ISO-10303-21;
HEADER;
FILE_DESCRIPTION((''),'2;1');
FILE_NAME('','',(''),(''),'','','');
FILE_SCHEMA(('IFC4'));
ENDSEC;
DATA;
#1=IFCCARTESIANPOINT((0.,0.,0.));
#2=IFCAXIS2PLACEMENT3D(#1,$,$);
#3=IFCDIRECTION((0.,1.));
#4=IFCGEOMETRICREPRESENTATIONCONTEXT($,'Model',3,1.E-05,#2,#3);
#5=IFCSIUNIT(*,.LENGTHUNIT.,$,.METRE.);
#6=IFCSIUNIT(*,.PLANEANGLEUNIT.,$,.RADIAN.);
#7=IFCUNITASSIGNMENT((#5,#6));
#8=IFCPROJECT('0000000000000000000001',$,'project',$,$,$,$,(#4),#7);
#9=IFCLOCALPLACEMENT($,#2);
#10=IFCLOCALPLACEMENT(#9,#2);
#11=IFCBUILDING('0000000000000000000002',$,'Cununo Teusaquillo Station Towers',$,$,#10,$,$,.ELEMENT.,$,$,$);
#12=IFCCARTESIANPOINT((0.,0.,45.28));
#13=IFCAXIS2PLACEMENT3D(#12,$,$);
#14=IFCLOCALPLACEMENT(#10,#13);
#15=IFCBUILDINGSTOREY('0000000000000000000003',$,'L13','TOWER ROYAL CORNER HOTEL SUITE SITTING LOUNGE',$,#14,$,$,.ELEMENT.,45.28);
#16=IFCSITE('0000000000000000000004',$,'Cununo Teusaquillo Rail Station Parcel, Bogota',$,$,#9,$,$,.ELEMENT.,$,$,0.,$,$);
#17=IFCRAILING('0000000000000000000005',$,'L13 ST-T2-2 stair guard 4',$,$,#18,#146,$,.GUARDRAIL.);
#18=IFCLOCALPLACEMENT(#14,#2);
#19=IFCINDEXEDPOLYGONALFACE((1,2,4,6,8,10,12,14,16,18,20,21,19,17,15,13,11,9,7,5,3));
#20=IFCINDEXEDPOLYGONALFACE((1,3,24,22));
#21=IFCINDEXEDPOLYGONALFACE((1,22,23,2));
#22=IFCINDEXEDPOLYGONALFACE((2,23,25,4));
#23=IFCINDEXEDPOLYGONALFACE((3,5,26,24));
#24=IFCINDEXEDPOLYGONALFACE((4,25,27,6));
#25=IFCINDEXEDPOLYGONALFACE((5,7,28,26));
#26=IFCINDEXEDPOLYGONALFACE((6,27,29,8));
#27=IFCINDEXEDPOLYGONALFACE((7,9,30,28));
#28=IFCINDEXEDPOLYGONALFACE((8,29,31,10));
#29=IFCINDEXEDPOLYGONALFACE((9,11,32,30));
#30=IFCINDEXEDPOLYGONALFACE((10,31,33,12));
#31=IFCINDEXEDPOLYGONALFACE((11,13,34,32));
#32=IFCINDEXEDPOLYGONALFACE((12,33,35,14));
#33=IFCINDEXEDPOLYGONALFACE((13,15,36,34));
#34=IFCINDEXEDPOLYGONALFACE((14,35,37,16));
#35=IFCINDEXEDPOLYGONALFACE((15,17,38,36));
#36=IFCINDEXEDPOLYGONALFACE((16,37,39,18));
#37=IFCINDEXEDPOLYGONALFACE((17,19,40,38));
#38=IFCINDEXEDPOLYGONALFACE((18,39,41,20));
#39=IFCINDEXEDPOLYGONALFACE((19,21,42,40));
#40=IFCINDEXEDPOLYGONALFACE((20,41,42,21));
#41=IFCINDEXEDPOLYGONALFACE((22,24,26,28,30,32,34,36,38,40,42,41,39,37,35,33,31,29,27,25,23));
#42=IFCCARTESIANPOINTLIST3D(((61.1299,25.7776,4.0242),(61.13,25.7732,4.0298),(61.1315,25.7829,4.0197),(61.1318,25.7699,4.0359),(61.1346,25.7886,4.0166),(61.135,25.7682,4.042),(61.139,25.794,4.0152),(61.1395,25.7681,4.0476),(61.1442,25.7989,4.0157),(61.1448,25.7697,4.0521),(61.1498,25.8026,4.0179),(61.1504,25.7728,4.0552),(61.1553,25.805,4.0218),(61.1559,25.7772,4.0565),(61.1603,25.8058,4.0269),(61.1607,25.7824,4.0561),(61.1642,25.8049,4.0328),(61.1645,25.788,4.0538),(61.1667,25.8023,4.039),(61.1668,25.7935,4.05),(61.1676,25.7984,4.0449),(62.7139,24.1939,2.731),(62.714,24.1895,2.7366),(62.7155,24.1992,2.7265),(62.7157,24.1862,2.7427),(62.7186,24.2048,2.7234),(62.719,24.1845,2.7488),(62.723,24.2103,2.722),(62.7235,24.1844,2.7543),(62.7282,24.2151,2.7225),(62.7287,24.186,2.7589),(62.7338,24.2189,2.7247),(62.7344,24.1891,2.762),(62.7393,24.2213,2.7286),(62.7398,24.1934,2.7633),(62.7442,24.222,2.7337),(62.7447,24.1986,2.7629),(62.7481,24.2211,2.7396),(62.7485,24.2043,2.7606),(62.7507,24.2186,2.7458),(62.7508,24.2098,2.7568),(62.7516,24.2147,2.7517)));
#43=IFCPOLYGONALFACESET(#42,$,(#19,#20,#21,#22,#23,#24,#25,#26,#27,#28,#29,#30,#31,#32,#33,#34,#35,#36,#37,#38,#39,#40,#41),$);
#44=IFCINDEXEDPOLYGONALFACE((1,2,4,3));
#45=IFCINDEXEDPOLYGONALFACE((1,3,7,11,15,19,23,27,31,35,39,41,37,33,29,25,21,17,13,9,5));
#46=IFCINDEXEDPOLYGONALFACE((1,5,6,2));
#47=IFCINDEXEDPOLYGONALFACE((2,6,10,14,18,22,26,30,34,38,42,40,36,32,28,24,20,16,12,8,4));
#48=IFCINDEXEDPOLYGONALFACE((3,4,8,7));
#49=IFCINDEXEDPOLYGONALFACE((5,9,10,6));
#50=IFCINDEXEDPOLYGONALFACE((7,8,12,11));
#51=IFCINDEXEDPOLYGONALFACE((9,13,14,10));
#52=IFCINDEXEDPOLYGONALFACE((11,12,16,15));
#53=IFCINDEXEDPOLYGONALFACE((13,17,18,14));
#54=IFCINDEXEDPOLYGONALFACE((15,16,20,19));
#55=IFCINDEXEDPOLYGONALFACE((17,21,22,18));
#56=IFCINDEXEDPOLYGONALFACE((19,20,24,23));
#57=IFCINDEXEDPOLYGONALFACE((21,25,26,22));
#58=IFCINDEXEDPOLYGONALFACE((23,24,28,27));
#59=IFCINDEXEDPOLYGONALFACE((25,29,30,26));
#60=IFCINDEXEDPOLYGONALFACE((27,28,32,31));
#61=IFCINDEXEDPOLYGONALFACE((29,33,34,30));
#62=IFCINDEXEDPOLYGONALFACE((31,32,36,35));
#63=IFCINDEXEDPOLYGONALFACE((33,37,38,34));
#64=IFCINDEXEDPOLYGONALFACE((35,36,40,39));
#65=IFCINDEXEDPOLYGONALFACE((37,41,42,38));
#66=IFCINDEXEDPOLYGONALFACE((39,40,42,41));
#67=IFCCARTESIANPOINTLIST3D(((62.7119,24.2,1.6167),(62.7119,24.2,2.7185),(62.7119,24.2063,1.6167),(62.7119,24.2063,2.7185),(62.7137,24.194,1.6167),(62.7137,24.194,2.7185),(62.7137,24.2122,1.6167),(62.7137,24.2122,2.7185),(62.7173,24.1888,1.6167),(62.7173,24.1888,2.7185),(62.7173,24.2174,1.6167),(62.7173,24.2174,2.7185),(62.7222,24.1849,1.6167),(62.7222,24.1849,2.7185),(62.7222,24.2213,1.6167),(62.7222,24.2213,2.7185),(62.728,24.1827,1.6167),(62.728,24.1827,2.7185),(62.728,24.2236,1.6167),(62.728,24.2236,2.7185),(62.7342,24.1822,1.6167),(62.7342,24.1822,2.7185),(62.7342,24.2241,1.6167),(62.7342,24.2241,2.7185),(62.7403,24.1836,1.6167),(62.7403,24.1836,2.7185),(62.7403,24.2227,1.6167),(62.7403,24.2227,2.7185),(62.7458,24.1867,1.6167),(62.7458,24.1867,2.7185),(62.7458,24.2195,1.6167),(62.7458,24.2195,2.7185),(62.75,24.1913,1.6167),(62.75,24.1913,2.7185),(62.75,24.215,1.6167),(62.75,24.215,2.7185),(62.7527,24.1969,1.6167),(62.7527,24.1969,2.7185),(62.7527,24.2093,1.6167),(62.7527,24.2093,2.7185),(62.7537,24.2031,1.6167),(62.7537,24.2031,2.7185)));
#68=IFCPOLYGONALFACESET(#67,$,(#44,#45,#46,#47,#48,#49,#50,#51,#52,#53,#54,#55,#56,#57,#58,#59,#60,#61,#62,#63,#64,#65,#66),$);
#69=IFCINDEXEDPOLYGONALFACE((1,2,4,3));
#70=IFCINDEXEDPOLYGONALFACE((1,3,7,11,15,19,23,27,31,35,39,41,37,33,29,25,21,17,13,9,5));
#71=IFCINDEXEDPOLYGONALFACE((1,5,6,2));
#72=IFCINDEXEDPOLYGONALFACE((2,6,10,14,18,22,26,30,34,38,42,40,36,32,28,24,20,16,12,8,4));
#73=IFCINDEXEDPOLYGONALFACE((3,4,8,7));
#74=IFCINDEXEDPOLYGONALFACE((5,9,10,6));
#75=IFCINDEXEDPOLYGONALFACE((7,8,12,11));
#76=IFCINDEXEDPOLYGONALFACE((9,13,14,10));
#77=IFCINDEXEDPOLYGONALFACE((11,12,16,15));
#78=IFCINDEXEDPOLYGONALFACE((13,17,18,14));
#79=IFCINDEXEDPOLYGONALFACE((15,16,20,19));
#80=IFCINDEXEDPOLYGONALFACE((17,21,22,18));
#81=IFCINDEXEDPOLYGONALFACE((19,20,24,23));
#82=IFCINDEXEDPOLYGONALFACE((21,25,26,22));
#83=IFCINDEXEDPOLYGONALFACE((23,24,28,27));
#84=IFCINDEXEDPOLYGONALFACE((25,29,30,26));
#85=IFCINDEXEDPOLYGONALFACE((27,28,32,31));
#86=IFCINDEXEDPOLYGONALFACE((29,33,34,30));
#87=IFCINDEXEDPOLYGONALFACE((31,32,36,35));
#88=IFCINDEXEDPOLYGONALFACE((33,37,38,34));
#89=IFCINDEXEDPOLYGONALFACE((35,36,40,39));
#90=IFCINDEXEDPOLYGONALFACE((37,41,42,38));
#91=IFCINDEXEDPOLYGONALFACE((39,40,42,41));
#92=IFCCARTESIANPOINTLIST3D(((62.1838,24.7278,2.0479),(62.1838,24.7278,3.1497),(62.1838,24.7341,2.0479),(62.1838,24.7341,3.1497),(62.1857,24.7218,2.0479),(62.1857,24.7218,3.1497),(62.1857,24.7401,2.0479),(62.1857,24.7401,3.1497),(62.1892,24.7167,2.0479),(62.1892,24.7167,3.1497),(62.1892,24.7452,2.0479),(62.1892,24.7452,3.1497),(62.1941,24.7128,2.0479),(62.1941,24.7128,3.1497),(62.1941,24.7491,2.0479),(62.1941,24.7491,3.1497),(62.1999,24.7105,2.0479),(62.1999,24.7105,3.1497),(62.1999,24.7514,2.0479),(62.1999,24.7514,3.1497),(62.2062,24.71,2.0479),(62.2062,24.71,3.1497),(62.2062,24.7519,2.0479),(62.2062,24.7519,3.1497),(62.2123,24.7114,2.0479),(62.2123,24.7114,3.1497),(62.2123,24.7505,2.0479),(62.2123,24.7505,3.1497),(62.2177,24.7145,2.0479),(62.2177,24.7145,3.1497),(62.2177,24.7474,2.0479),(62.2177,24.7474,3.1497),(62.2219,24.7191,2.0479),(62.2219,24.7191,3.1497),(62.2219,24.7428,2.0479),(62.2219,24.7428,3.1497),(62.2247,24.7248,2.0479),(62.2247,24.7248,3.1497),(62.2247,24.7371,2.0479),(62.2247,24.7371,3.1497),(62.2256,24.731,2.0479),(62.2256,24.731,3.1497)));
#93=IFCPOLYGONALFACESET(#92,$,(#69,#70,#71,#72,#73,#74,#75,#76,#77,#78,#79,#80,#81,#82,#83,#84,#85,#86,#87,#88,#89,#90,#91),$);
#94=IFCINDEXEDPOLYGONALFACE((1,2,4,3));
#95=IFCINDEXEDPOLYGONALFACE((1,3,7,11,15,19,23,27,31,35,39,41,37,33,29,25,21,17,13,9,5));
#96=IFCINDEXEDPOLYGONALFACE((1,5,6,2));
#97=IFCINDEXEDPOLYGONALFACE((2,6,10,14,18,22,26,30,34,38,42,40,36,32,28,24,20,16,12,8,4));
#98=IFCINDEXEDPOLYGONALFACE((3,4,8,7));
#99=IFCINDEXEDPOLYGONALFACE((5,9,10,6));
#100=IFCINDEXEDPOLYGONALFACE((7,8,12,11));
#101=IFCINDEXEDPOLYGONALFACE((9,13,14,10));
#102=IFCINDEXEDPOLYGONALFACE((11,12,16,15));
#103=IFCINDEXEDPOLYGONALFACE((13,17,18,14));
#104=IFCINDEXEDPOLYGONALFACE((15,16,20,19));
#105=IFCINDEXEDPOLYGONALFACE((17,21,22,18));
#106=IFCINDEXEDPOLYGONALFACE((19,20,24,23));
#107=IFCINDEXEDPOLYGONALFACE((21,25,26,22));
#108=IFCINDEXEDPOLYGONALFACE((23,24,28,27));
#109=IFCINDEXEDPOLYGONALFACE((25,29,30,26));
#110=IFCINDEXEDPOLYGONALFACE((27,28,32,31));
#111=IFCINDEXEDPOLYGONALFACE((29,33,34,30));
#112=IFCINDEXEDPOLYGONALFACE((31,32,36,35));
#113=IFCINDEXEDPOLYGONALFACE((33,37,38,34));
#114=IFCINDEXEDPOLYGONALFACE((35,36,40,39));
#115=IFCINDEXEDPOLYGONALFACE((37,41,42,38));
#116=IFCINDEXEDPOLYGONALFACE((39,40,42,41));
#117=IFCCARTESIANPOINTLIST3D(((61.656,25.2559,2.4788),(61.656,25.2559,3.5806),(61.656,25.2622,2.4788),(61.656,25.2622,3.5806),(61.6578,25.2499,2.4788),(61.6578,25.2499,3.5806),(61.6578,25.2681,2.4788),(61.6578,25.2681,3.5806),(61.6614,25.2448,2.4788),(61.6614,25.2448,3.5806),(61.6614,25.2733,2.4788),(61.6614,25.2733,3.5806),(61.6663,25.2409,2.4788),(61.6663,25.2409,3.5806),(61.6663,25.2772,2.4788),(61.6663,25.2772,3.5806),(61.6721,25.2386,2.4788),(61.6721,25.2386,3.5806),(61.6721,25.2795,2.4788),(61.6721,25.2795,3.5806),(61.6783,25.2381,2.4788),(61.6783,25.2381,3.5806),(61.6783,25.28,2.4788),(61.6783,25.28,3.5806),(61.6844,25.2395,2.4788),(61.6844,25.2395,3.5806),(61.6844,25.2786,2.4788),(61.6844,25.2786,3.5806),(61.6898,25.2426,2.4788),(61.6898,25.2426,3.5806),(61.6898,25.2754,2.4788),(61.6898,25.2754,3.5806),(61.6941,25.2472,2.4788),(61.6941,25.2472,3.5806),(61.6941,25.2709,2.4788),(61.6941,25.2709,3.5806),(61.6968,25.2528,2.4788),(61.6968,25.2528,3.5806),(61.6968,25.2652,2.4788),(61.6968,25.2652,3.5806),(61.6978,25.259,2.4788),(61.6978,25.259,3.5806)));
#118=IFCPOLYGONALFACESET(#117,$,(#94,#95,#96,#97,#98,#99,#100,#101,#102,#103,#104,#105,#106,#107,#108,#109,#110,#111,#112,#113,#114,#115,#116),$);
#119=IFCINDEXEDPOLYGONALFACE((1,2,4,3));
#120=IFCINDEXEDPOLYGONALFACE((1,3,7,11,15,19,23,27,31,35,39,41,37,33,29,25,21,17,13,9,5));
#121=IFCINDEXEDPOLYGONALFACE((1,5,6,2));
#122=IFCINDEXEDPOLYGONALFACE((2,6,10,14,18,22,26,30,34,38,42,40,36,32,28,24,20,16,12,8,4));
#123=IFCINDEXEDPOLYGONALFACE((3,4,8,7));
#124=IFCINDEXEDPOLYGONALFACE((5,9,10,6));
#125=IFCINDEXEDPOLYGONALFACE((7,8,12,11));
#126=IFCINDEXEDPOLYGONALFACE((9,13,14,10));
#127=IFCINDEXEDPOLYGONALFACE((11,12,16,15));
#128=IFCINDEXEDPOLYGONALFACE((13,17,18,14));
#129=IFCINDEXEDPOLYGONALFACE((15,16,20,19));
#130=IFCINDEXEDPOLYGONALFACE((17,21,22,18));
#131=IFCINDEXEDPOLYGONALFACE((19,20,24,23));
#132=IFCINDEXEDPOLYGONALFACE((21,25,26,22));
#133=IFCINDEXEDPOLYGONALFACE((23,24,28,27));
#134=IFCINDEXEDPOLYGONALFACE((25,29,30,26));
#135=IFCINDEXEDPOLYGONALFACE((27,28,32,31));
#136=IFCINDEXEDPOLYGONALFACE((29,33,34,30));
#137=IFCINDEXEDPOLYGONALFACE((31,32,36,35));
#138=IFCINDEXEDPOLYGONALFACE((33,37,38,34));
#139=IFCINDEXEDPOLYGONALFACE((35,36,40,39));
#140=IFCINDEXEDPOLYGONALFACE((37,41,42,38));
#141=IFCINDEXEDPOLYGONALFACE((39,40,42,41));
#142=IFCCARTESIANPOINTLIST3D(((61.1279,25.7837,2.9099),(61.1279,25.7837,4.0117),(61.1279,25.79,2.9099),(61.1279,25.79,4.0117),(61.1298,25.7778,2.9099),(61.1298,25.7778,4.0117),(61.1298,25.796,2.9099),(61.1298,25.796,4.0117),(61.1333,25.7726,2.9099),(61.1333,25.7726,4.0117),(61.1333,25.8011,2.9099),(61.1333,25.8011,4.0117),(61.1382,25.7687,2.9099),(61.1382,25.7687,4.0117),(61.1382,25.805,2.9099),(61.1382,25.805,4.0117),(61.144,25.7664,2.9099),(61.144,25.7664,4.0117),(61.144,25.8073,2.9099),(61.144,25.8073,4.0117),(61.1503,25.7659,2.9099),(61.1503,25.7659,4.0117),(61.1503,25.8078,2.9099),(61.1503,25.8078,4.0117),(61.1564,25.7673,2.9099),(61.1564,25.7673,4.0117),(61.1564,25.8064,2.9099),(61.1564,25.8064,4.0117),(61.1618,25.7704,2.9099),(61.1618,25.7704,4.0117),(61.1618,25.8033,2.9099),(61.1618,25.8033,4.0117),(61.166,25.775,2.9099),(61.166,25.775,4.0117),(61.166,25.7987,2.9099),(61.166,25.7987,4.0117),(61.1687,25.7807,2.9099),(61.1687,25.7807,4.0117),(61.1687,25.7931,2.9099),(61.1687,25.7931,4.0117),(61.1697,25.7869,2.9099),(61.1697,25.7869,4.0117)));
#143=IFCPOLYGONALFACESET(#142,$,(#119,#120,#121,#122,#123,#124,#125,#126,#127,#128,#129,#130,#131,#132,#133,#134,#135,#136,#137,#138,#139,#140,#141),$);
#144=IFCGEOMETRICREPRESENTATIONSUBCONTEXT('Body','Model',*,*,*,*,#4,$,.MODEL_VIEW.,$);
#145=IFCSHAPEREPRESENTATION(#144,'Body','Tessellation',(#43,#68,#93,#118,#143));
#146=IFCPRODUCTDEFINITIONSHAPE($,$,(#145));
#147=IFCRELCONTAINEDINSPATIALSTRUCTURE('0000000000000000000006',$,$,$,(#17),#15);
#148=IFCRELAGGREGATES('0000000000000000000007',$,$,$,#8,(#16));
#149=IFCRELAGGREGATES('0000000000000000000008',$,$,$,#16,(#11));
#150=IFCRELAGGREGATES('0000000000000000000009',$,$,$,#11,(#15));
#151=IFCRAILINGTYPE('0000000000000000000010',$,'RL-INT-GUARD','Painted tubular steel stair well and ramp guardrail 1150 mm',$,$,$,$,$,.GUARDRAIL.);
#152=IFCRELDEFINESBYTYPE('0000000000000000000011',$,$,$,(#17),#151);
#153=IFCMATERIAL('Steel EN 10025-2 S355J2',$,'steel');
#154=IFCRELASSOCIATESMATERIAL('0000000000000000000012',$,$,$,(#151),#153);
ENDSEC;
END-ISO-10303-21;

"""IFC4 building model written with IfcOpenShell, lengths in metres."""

from ifc_helpers import new_model, si_unit, direction, frame, origin, origin_2d, place, context, subcontext, project, spatial, circle, extrude, material, type_object, element, save


model = new_model("IFC4")

# Units and contexts
model_context = context("Model", 3, precision=1e-05, world=origin(), true_north=direction((0.0, 1.0)))
body_context = subcontext(model_context, "Body", "Model", "MODEL_VIEW")
ifc_project = project(units=[si_unit("LENGTHUNIT", "METRE"), si_unit("PLANEANGLEUNIT", "RADIAN")], contexts=[model_context])

# Site, building, storey
site_placement = place(None, origin())
site = spatial("IfcSite", under=ifc_project, at=site_placement, Name="Cununo Teusaquillo Rail Station Parcel, Bogota", CompositionType="ELEMENT", RefElevation=0.0)
building_placement = place(site_placement, origin())
building = spatial("IfcBuilding", under=site, at=building_placement, Name="Cununo Teusaquillo Station Towers", CompositionType="ELEMENT")
storey_placement = place(building_placement, frame((0.0, 0.0, 45.28)))
storey = spatial("IfcBuildingStorey", under=building, at=storey_placement, Name="L13", Description="TOWER ROYAL CORNER HOTEL SUITE SITTING LOUNGE", CompositionType="ELEMENT", Elevation=45.28)

# Railing
ifc_material_1 = material(Name="Steel EN 10025-2 S355J2", Category="steel")
railing_type_1 = type_object("IfcRailingType", Name="RL-INT-GUARD", Description="Painted tubular steel stair well and ramp guardrail 1150 mm", PredefinedType="GUARDRAIL", material=ifc_material_1)
railing_1_placement = place(storey_placement, frame((62.7327, 24.2031, 1.6167)))
element("IfcRailing", 1, at=railing_1_placement, inside=storey, type_object=railing_type_1, Name="L13 ST-T2-2 stair guard 4", PredefinedType="GUARDRAIL", context=body_context, shape_type="SweptSolid", body=[
    extrude(circle(Radius=0.0239, at=origin_2d()), frame((0.0, 0.0, 1.126), z_axis=(-0.61242, 0.612326, 0.499998), x_axis=(-0.707052, -0.707161, 0.0)), (0.0, 0.0, 1.0), 2.5864),
    extrude(circle(Radius=0.021, at=origin_2d()), origin(), (0.0, 0.0, 1.0), 1.1018),
    extrude(circle(Radius=0.021, at=origin_2d()), frame((-0.5281, 0.5278, 0.4312)), (0.0, 0.0, 1.0), 1.1018),
    extrude(circle(Radius=0.021, at=origin_2d()), frame((-1.0559, 1.0559, 0.8621)), (0.0, 0.0, 1.0), 1.1018),
    extrude(circle(Radius=0.021, at=origin_2d()), frame((-1.584, 1.5837, 1.2932)), (0.0, 0.0, 1.0), 1.1018),
])

save(model, "model.ifc")
